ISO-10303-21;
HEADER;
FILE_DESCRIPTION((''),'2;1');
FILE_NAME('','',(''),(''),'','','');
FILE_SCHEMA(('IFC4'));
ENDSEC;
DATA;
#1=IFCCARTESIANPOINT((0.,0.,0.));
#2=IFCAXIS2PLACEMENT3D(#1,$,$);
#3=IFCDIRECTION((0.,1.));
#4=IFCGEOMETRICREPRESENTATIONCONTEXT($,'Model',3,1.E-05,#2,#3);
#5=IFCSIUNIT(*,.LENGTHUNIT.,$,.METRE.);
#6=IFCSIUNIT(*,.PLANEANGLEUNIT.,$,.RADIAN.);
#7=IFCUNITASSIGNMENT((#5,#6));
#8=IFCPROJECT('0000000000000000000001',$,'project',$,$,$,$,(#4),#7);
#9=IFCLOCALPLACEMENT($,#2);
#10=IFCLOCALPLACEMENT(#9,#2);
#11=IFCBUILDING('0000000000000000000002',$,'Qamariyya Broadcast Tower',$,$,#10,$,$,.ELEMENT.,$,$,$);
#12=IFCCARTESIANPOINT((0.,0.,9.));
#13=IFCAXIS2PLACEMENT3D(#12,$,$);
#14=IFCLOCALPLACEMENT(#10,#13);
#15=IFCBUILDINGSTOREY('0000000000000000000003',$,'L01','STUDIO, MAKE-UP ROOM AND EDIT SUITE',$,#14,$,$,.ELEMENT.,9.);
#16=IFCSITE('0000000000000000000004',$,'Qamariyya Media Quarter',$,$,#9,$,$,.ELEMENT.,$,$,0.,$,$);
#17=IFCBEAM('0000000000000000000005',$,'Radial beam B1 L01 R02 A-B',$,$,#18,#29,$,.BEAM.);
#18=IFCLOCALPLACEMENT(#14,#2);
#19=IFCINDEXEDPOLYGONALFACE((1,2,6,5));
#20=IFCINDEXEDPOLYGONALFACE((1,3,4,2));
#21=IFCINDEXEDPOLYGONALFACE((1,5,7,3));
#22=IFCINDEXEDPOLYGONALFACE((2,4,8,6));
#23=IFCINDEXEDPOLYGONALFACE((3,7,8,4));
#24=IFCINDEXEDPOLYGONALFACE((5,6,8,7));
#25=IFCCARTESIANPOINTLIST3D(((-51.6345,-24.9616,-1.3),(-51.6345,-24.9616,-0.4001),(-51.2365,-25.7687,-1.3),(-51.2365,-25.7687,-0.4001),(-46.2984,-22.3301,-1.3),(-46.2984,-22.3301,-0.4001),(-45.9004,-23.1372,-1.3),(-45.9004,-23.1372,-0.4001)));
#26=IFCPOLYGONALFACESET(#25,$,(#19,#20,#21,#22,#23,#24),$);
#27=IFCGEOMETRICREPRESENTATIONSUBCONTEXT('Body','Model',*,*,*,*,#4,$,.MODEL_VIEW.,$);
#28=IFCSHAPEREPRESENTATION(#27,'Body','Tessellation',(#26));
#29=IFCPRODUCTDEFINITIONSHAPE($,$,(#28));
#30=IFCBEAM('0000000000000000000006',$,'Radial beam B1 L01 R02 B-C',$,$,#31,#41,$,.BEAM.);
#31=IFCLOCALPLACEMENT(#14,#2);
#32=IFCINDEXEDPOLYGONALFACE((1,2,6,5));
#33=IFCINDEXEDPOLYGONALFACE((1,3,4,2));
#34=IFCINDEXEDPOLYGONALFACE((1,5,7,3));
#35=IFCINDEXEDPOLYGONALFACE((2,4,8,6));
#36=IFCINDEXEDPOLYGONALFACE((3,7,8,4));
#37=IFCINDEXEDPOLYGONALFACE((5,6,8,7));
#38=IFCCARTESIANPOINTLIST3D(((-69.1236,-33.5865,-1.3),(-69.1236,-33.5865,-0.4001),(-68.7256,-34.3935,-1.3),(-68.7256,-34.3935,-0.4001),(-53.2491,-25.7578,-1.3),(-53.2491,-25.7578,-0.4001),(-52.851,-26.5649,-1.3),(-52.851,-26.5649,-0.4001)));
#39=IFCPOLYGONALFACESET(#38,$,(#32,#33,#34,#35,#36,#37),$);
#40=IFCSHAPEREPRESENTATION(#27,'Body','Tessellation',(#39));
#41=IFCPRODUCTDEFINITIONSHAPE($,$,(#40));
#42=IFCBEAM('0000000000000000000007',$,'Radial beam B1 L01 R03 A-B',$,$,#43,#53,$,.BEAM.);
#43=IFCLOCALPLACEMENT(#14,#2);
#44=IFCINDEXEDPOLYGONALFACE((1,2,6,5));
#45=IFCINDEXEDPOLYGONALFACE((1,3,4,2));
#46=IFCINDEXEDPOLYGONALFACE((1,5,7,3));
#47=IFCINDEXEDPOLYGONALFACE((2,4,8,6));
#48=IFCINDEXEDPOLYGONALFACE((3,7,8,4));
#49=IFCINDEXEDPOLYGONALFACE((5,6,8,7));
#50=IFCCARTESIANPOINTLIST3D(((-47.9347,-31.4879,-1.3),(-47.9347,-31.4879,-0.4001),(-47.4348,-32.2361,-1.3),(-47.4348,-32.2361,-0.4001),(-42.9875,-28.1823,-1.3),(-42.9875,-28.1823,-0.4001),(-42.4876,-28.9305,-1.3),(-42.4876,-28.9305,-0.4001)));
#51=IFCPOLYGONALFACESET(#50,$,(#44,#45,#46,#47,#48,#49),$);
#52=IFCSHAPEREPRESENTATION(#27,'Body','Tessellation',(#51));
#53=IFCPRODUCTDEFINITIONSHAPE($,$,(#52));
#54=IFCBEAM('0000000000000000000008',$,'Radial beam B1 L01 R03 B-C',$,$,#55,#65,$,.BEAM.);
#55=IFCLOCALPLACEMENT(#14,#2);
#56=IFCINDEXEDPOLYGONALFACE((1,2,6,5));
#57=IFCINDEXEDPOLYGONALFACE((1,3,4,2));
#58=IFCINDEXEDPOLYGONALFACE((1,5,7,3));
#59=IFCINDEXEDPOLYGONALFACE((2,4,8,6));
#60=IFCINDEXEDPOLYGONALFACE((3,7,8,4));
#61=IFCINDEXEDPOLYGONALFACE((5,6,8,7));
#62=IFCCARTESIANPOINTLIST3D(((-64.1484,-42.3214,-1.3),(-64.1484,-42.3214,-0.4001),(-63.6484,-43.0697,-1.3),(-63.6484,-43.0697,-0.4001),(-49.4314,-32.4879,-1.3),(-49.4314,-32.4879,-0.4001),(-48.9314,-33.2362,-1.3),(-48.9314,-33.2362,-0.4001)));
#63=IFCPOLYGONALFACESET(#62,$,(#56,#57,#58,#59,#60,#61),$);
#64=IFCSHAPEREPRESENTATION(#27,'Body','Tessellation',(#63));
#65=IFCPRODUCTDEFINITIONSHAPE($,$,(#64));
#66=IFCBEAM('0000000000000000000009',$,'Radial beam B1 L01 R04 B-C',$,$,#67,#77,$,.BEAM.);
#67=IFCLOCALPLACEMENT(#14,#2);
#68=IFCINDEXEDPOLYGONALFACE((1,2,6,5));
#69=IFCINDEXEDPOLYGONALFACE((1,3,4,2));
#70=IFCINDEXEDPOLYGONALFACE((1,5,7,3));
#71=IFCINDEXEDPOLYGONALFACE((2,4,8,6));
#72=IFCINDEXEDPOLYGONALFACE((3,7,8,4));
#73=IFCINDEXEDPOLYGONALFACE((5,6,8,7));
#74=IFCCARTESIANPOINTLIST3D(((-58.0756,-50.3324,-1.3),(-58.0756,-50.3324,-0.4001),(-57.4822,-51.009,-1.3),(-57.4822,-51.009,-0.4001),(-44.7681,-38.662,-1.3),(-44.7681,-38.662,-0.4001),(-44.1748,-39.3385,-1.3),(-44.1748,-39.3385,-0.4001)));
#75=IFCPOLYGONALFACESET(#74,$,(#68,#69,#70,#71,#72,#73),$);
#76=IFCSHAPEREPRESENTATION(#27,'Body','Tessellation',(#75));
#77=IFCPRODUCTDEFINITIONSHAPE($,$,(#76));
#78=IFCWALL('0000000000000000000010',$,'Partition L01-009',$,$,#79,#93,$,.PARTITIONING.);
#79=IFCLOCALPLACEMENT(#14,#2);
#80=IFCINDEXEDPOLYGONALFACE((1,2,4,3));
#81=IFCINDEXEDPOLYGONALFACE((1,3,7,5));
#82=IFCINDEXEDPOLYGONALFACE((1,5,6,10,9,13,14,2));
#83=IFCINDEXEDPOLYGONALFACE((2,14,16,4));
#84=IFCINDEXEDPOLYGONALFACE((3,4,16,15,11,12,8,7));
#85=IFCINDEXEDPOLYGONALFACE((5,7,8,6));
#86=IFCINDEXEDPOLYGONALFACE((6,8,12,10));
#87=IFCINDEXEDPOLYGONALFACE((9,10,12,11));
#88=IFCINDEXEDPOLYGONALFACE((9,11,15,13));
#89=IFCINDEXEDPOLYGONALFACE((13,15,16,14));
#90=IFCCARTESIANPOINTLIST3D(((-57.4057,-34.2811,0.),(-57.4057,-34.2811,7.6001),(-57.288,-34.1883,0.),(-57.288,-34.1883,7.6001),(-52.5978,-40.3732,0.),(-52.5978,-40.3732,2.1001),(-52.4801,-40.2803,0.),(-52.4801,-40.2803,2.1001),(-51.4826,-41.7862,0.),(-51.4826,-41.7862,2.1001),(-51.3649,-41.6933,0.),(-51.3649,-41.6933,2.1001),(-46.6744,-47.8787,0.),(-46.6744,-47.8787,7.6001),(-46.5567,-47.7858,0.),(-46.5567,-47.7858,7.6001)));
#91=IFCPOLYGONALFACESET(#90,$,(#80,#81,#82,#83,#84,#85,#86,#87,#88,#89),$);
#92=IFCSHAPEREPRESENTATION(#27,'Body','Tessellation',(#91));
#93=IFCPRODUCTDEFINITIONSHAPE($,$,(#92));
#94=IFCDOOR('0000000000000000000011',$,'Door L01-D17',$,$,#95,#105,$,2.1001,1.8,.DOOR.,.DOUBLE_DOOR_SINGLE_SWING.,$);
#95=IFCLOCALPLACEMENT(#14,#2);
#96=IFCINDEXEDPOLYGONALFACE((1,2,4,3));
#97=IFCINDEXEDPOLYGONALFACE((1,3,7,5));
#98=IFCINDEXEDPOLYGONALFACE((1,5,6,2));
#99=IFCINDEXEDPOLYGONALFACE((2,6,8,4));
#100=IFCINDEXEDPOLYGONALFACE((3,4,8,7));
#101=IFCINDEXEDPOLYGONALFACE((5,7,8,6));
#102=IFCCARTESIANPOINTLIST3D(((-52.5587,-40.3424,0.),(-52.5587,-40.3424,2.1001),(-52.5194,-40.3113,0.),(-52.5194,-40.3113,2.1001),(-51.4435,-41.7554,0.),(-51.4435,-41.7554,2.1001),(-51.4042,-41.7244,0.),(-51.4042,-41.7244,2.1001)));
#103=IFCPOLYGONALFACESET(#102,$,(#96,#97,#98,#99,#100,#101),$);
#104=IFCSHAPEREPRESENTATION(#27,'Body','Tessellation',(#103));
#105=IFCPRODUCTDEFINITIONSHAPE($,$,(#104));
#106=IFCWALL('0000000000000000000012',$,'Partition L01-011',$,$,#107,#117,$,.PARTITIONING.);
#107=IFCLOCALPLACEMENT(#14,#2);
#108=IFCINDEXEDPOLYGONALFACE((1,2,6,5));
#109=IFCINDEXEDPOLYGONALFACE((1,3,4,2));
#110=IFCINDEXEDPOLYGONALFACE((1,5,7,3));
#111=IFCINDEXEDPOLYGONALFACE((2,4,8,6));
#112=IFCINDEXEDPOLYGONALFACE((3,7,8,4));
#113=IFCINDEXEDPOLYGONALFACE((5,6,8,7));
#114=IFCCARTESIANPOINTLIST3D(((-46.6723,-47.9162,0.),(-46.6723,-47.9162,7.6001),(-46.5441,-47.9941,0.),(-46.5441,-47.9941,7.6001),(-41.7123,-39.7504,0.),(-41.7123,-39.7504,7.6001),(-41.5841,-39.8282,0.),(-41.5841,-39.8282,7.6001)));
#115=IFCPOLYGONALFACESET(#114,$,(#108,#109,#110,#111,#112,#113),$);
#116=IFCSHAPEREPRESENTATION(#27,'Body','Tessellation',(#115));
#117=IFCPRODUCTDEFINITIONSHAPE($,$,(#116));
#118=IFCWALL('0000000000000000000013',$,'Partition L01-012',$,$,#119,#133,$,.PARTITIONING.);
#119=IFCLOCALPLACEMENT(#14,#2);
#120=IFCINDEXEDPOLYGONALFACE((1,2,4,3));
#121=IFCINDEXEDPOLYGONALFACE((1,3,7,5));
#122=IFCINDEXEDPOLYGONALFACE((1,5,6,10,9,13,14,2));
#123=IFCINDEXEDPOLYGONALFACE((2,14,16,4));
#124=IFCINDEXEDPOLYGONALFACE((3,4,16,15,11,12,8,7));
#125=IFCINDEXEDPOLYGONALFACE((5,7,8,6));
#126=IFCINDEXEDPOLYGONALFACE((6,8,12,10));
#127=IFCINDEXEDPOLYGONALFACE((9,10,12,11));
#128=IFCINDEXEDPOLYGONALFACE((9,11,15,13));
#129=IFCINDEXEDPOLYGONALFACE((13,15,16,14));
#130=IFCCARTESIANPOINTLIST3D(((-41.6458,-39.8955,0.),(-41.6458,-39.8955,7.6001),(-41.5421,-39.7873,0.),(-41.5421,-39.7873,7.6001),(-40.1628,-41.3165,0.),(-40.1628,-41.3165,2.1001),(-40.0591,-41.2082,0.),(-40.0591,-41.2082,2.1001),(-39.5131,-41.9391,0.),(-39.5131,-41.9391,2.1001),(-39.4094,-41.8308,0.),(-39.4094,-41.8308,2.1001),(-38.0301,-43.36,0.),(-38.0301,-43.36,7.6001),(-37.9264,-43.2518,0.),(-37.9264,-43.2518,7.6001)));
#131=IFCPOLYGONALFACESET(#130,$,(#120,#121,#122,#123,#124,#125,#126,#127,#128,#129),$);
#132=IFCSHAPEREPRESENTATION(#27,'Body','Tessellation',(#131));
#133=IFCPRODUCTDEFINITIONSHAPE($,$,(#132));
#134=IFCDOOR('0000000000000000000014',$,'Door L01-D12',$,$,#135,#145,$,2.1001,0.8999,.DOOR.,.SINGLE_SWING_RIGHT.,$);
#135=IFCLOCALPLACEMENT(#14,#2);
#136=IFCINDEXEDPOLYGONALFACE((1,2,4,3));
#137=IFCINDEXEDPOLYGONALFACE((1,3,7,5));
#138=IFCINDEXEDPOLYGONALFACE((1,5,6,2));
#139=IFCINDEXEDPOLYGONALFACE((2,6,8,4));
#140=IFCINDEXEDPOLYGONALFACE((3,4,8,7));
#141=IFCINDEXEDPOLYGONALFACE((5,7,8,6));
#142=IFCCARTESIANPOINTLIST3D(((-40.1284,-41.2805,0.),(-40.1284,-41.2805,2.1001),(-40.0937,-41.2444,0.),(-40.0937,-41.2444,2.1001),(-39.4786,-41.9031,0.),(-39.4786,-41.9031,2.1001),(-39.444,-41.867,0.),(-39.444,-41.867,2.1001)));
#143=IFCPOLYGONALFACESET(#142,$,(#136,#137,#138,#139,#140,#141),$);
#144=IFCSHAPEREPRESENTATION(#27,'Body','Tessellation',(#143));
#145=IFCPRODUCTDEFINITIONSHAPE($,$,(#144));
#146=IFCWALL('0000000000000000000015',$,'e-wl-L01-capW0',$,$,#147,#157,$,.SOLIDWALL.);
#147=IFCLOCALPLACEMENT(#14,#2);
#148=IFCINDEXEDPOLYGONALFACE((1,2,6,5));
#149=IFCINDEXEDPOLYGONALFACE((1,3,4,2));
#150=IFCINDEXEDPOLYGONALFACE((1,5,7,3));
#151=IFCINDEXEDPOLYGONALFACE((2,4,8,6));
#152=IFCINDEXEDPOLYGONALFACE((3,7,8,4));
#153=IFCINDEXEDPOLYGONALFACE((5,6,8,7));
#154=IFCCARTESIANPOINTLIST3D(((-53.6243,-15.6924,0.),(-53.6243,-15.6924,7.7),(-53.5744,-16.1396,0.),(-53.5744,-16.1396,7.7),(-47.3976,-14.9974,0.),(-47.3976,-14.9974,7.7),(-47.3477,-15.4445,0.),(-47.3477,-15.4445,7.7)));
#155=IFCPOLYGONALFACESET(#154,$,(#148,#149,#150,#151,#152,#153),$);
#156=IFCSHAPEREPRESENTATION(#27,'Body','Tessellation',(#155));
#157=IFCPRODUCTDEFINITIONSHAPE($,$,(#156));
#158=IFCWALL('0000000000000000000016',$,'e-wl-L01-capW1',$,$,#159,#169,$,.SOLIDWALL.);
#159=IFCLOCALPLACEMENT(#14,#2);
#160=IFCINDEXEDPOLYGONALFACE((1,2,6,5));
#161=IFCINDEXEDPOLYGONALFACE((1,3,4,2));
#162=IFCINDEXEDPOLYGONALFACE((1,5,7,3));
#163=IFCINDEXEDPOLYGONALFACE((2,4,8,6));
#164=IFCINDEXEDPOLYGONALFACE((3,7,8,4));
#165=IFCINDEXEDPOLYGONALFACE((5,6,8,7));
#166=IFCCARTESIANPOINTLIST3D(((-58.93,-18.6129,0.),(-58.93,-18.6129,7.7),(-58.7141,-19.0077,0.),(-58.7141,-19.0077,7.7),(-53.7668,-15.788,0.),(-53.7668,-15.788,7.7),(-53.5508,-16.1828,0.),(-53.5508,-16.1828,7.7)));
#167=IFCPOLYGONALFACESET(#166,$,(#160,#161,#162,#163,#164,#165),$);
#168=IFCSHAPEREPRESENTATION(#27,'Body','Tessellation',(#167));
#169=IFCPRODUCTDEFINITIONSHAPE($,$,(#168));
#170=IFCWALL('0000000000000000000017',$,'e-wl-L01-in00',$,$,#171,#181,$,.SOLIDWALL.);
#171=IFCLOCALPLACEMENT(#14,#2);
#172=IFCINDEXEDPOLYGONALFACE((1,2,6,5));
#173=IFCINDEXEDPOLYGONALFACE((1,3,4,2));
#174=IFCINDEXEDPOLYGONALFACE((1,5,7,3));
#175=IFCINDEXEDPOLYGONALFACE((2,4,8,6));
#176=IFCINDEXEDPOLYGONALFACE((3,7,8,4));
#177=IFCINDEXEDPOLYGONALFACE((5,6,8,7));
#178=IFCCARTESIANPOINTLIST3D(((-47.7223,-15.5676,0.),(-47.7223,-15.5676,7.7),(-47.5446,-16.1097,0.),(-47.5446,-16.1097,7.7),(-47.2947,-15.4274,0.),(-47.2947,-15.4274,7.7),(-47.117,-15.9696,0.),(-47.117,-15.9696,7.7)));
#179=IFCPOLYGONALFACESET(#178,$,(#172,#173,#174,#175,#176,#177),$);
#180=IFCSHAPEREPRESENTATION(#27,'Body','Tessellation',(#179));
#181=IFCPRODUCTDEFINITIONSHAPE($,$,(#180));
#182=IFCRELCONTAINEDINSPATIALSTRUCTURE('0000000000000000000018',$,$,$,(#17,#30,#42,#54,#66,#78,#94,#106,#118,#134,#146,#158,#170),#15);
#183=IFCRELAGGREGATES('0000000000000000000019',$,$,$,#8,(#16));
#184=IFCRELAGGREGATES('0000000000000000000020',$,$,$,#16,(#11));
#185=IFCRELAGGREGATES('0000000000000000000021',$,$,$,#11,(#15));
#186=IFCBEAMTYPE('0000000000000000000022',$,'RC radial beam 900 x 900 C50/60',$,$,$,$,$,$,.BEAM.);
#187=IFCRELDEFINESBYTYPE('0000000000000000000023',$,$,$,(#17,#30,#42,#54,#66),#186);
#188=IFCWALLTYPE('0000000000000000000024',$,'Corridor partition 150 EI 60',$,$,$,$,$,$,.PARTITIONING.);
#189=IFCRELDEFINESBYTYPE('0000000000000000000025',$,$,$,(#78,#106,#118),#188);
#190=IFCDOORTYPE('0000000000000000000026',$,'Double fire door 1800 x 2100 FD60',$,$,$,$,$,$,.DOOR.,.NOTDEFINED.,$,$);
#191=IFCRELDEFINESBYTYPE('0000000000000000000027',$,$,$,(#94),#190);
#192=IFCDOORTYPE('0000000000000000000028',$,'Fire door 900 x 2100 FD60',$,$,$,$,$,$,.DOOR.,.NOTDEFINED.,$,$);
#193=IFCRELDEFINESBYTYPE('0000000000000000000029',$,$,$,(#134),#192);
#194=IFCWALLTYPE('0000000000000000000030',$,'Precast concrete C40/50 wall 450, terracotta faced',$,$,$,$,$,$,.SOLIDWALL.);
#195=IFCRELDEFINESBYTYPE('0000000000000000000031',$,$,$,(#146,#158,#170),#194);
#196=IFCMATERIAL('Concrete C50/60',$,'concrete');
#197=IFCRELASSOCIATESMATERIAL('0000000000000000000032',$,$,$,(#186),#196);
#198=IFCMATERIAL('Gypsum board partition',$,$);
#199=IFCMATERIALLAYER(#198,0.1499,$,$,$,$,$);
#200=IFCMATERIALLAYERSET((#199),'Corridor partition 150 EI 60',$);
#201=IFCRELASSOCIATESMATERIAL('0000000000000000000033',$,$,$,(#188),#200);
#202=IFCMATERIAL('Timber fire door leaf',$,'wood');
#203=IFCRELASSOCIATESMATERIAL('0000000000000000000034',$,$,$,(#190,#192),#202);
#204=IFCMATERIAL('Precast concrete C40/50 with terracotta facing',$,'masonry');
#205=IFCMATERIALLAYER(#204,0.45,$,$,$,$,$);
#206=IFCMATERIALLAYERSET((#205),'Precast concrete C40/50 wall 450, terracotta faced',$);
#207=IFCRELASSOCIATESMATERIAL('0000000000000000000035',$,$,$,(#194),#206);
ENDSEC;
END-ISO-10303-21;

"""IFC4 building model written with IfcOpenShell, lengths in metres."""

from ifc_helpers import new_model, si_unit, direction, frame, frame_2d, origin, origin_2d, place, context, subcontext, project, spatial, rectangle, extrude, material, layer, layer_set, material_profile, profile_set, type_object, element, fill, save


model = new_model("IFC4")

# Units and contexts
model_context = context("Model", 3, precision=1e-05, world=origin(), true_north=direction((0.0, 1.0)))
body_context = subcontext(model_context, "Body", "Model", "MODEL_VIEW")
ifc_project = project(units=[si_unit("LENGTHUNIT", "METRE"), si_unit("PLANEANGLEUNIT", "RADIAN")], contexts=[model_context])

# Site, building, storey
site_placement = place(None, origin())
site = spatial("IfcSite", under=ifc_project, at=site_placement, Name="Qamariyya Media Quarter", CompositionType="ELEMENT", RefElevation=0.0)
building_placement = place(site_placement, origin())
building = spatial("IfcBuilding", under=site, at=building_placement, Name="Qamariyya Broadcast Tower", CompositionType="ELEMENT")
storey_placement = place(building_placement, frame((0.0, 0.0, 9.0)))
storey = spatial("IfcBuildingStorey", under=building, at=storey_placement, Name="L01", Description="STUDIO, MAKE-UP ROOM AND EDIT SUITE", CompositionType="ELEMENT", Elevation=9.0)

# Beams
ifc_material_1 = material(Name="Concrete C50/60", Category="concrete")
ifc_material_profile_1 = material_profile(ifc_material_1, rectangle(XDim=0.8999, YDim=0.8999, at=origin_2d()))
ifc_profile_set_1 = profile_set([ifc_material_profile_1], Name="Concrete C50/60")
beam_type_1 = type_object("IfcBeamType", Name="RC radial beam 900 x 900 C50/60", PredefinedType="BEAM", material=ifc_profile_set_1)
beam_1_placement = place(storey_placement, frame((-46.0994, -22.7336, -0.8501), z_axis=(-0.896868, -0.442299, 0.0), x_axis=(0.442299, -0.896868, 0.0)))
element("IfcBeam", 1, at=beam_1_placement, inside=storey, type_object=beam_type_1, Name="Radial beam B1 L01 R02 A-B", PredefinedType="BEAM", context=body_context, shape_type="SweptSolid", body=[
    extrude(rectangle(XDim=0.8999, YDim=0.8999, at=origin_2d()), origin(), (0.0, 0.0, 1.0), 5.9497),
])
beam_2_placement = place(storey_placement, frame((-53.05, -26.1614, -0.8501), z_axis=(-0.896869, -0.442296, 0.0), x_axis=(0.442296, -0.896869, 0.0)))
element("IfcBeam", 2, at=beam_2_placement, inside=storey, type_object=beam_type_1, Name="Radial beam B1 L01 R02 B-C", PredefinedType="BEAM", context=body_context, shape_type="SweptSolid", body=[
    extrude(rectangle(XDim=0.8999, YDim=0.8999, at=origin_2d()), origin(), (0.0, 0.0, 1.0), 17.7),
])
beam_3_placement = place(storey_placement, frame((-42.7375, -28.5564, -0.8501), z_axis=(-0.831469, -0.555571, 0.0), x_axis=(0.555571, -0.831469, 0.0)))
element("IfcBeam", 3, at=beam_3_placement, inside=storey, type_object=beam_type_1, Name="Radial beam B1 L01 R03 A-B", PredefinedType="BEAM", context=body_context, shape_type="SweptSolid", body=[
    extrude(rectangle(XDim=0.8999, YDim=0.8999, at=origin_2d()), origin(), (0.0, 0.0, 1.0), 5.95),
])
for number, where, z_axis, x_axis, name in (
    (4, (-49.1814, -32.8621, -0.8501), (-0.831473, -0.555566, 0.0), (0.555566, -0.831473, 0.0), "Radial beam B1 L01 R03 B-C"),
    (5, (-44.4714, -39.0002, -0.8501), (-0.751835, -0.659351, 0.0), (0.659351, -0.751835, 0.0), "Radial beam B1 L01 R04 B-C"),
):
    element("IfcBeam", number, at=place(storey_placement, frame(where, z_axis=z_axis, x_axis=x_axis)), inside=storey, type_object=beam_type_1, Name=name, PredefinedType="BEAM", context=body_context, shape_type="SweptSolid", body=[
        extrude(rectangle(XDim=0.8999, YDim=0.8999, at=origin_2d()), origin(), (0.0, 0.0, 1.0), 17.7),
    ])

# Wall, opening, door
ifc_material_2 = material(Name="Gypsum board partition")
ifc_layer_1 = layer(ifc_material_2, 0.1499)
ifc_layer_set_1 = layer_set([ifc_layer_1], Name="Corridor partition 150 EI 60")
wall_type_1 = type_object("IfcWallType", Name="Corridor partition 150 EI 60", PredefinedType="PARTITIONING", material=ifc_layer_set_1)
wall_1_placement = place(storey_placement, frame((-57.3469, -34.2346, 0.0), z_axis=(0.0, 0.0, 1.0), x_axis=(0.619516, -0.784984, 0.0)))
wall_1 = element("IfcWall", 6, at=wall_1_placement, inside=storey, type_object=wall_type_1, Name="Partition L01-009", PredefinedType="PARTITIONING", context=body_context, shape_type="SweptSolid", body=[
    extrude(rectangle(XDim=17.322, YDim=0.1499, at=frame_2d((8.6611, 0.0))), origin(), (0.0, 0.0, 1.0), 7.6001),
])
opening_1_placement = place(wall_1_placement, frame((7.761, 0.0, 0.0)))
opening_1 = element("IfcOpeningElement", 7, at=opening_1_placement, cuts=wall_1, PredefinedType="OPENING", context=body_context, shape_type="SweptSolid", body=[
    extrude(rectangle(XDim=1.8, YDim=2.1001, at=frame_2d((0.8999, 1.05))), frame((0.0, 0.085, 0.0), z_axis=(0.0, -1.0, 0.0), x_axis=(1.0, 0.0, 0.0)), (0.0, 0.0, 1.0), 0.1699),
])
ifc_material_3 = material(Name="Timber fire door leaf", Category="wood")
door_type_1 = type_object("IfcDoorType", Name="Double fire door 1800 x 2100 FD60", OperationType="NOTDEFINED", PredefinedType="DOOR", material=ifc_material_3)
door_1_placement = place(opening_1_placement, origin())
door_1 = element("IfcDoor", 8, at=door_1_placement, inside=storey, type_object=door_type_1, Name="Door L01-D17", OperationType="DOUBLE_DOOR_SINGLE_SWING", OverallHeight=2.1001, OverallWidth=1.8, PredefinedType="DOOR", context=body_context, shape_type="SweptSolid", body=[
    extrude(rectangle(XDim=1.8, YDim=2.1001, at=frame_2d((0.8999, 1.05))), frame((0.0, 0.0249, 0.0), z_axis=(0.0, -1.0, 0.0), x_axis=(1.0, 0.0, 0.0)), (0.0, 0.0, 1.0), 0.05),
])
fill(opening_1, door_1)

# Wall
wall_2_placement = place(storey_placement, frame((-41.6482, -39.7893, 0.0), z_axis=(0.0, 0.0, 1.0), x_axis=(-0.519144, -0.854687, 0.0)))
element("IfcWall", 9, at=wall_2_placement, inside=storey, type_object=wall_type_1, Name="Partition L01-011", PredefinedType="PARTITIONING", context=body_context, shape_type="SweptSolid", body=[
    extrude(rectangle(XDim=9.5542, YDim=0.1499, at=frame_2d((4.7771, 0.0))), origin(), (0.0, 0.0, 1.0), 7.6001),
])

# Wall, opening, door
wall_3_placement = place(storey_placement, frame((-41.594, -39.8413, 0.0), z_axis=(0.0, 0.0, 1.0), x_axis=(0.722035, -0.691857, 0.0)))
wall_3 = element("IfcWall", 10, at=wall_3_placement, inside=storey, type_object=wall_type_1, Name="Partition L01-012", PredefinedType="PARTITIONING", context=body_context, shape_type="SweptSolid", body=[
    extrude(rectangle(XDim=5.0076, YDim=0.1499, at=frame_2d((2.5039, 0.0))), origin(), (0.0, 0.0, 1.0), 7.6001),
])
opening_2_placement = place(wall_3_placement, frame((2.054, 0.0, 0.0)))
opening_2 = element("IfcOpeningElement", 11, at=opening_2_placement, cuts=wall_3, PredefinedType="OPENING", context=body_context, shape_type="SweptSolid", body=[
    extrude(rectangle(XDim=0.8999, YDim=2.1001, at=frame_2d((0.45, 1.05))), frame((0.0, 0.085, 0.0), z_axis=(0.0, -1.0, 0.0), x_axis=(1.0, 0.0, 0.0)), (0.0, 0.0, 1.0), 0.1699),
])
door_type_2 = type_object("IfcDoorType", Name="Fire door 900 x 2100 FD60", OperationType="NOTDEFINED", PredefinedType="DOOR", material=ifc_material_3)
door_2_placement = place(opening_2_placement, origin())
door_2 = element("IfcDoor", 12, at=door_2_placement, inside=storey, type_object=door_type_2, Name="Door L01-D12", OperationType="SINGLE_SWING_RIGHT", OverallHeight=2.1001, OverallWidth=0.8999, PredefinedType="DOOR", context=body_context, shape_type="SweptSolid", body=[
    extrude(rectangle(XDim=0.8999, YDim=2.1001, at=frame_2d((0.45, 1.05))), frame((0.0, 0.0249, 0.0), z_axis=(0.0, -1.0, 0.0), x_axis=(1.0, 0.0, 0.0)), (0.0, 0.0, 1.0), 0.05),
])
fill(opening_2, door_2)

# Walls
ifc_material_4 = material(Name="Precast concrete C40/50 with terracotta facing", Category="masonry")
ifc_layer_2 = layer(ifc_material_4, 0.45)
ifc_layer_set_2 = layer_set([ifc_layer_2], Name="Precast concrete C40/50 wall 450, terracotta faced")
wall_type_2 = type_object("IfcWallType", Name="Precast concrete C40/50 wall 450, terracotta faced", PredefinedType="SOLIDWALL", material=ifc_layer_set_2)
wall_4_placement = place(storey_placement, frame((-47.3726, -15.2209, 0.0), z_axis=(0.0, 0.0, 1.0), x_axis=(-0.993828, -0.110936, 0.0)))
element("IfcWall", 13, at=wall_4_placement, inside=storey, type_object=wall_type_2, Name="e-wl-L01-capW0", PredefinedType="SOLIDWALL", context=body_context, shape_type="SweptSolid", body=[
    extrude(rectangle(XDim=6.2654, YDim=0.45, at=frame_2d((3.1328, 0.0))), origin(), (0.0, 0.0, 1.0), 7.7),
])
wall_5_placement = place(storey_placement, frame((-53.6587, -15.9854, 0.0), z_axis=(0.0, 0.0, 1.0), x_axis=(-0.877281, -0.479976, 0.0)))
element("IfcWall", 14, at=wall_5_placement, inside=storey, type_object=wall_type_2, Name="e-wl-L01-capW1", PredefinedType="SOLIDWALL", context=body_context, shape_type="SweptSolid", body=[
    extrude(rectangle(XDim=5.8855, YDim=0.45, at=frame_2d((2.9429, 0.0))), origin(), (0.0, 0.0, 1.0), 7.7),
])
wall_6_placement = place(storey_placement, frame((-47.3308, -16.0396, 0.0), z_axis=(0.0, 0.0, 1.0), x_axis=(-0.311475, 0.950254, 0.0)))
element("IfcWall", 15, at=wall_6_placement, inside=storey, type_object=wall_type_2, Name="e-wl-L01-in00", PredefinedType="SOLIDWALL", context=body_context, shape_type="SweptSolid", body=[
    extrude(rectangle(XDim=0.5706, YDim=0.45, at=frame_2d((0.2852, 0.0))), origin(), (0.0, 0.0, 1.0), 7.7),
])

save(model, "model.ifc")
